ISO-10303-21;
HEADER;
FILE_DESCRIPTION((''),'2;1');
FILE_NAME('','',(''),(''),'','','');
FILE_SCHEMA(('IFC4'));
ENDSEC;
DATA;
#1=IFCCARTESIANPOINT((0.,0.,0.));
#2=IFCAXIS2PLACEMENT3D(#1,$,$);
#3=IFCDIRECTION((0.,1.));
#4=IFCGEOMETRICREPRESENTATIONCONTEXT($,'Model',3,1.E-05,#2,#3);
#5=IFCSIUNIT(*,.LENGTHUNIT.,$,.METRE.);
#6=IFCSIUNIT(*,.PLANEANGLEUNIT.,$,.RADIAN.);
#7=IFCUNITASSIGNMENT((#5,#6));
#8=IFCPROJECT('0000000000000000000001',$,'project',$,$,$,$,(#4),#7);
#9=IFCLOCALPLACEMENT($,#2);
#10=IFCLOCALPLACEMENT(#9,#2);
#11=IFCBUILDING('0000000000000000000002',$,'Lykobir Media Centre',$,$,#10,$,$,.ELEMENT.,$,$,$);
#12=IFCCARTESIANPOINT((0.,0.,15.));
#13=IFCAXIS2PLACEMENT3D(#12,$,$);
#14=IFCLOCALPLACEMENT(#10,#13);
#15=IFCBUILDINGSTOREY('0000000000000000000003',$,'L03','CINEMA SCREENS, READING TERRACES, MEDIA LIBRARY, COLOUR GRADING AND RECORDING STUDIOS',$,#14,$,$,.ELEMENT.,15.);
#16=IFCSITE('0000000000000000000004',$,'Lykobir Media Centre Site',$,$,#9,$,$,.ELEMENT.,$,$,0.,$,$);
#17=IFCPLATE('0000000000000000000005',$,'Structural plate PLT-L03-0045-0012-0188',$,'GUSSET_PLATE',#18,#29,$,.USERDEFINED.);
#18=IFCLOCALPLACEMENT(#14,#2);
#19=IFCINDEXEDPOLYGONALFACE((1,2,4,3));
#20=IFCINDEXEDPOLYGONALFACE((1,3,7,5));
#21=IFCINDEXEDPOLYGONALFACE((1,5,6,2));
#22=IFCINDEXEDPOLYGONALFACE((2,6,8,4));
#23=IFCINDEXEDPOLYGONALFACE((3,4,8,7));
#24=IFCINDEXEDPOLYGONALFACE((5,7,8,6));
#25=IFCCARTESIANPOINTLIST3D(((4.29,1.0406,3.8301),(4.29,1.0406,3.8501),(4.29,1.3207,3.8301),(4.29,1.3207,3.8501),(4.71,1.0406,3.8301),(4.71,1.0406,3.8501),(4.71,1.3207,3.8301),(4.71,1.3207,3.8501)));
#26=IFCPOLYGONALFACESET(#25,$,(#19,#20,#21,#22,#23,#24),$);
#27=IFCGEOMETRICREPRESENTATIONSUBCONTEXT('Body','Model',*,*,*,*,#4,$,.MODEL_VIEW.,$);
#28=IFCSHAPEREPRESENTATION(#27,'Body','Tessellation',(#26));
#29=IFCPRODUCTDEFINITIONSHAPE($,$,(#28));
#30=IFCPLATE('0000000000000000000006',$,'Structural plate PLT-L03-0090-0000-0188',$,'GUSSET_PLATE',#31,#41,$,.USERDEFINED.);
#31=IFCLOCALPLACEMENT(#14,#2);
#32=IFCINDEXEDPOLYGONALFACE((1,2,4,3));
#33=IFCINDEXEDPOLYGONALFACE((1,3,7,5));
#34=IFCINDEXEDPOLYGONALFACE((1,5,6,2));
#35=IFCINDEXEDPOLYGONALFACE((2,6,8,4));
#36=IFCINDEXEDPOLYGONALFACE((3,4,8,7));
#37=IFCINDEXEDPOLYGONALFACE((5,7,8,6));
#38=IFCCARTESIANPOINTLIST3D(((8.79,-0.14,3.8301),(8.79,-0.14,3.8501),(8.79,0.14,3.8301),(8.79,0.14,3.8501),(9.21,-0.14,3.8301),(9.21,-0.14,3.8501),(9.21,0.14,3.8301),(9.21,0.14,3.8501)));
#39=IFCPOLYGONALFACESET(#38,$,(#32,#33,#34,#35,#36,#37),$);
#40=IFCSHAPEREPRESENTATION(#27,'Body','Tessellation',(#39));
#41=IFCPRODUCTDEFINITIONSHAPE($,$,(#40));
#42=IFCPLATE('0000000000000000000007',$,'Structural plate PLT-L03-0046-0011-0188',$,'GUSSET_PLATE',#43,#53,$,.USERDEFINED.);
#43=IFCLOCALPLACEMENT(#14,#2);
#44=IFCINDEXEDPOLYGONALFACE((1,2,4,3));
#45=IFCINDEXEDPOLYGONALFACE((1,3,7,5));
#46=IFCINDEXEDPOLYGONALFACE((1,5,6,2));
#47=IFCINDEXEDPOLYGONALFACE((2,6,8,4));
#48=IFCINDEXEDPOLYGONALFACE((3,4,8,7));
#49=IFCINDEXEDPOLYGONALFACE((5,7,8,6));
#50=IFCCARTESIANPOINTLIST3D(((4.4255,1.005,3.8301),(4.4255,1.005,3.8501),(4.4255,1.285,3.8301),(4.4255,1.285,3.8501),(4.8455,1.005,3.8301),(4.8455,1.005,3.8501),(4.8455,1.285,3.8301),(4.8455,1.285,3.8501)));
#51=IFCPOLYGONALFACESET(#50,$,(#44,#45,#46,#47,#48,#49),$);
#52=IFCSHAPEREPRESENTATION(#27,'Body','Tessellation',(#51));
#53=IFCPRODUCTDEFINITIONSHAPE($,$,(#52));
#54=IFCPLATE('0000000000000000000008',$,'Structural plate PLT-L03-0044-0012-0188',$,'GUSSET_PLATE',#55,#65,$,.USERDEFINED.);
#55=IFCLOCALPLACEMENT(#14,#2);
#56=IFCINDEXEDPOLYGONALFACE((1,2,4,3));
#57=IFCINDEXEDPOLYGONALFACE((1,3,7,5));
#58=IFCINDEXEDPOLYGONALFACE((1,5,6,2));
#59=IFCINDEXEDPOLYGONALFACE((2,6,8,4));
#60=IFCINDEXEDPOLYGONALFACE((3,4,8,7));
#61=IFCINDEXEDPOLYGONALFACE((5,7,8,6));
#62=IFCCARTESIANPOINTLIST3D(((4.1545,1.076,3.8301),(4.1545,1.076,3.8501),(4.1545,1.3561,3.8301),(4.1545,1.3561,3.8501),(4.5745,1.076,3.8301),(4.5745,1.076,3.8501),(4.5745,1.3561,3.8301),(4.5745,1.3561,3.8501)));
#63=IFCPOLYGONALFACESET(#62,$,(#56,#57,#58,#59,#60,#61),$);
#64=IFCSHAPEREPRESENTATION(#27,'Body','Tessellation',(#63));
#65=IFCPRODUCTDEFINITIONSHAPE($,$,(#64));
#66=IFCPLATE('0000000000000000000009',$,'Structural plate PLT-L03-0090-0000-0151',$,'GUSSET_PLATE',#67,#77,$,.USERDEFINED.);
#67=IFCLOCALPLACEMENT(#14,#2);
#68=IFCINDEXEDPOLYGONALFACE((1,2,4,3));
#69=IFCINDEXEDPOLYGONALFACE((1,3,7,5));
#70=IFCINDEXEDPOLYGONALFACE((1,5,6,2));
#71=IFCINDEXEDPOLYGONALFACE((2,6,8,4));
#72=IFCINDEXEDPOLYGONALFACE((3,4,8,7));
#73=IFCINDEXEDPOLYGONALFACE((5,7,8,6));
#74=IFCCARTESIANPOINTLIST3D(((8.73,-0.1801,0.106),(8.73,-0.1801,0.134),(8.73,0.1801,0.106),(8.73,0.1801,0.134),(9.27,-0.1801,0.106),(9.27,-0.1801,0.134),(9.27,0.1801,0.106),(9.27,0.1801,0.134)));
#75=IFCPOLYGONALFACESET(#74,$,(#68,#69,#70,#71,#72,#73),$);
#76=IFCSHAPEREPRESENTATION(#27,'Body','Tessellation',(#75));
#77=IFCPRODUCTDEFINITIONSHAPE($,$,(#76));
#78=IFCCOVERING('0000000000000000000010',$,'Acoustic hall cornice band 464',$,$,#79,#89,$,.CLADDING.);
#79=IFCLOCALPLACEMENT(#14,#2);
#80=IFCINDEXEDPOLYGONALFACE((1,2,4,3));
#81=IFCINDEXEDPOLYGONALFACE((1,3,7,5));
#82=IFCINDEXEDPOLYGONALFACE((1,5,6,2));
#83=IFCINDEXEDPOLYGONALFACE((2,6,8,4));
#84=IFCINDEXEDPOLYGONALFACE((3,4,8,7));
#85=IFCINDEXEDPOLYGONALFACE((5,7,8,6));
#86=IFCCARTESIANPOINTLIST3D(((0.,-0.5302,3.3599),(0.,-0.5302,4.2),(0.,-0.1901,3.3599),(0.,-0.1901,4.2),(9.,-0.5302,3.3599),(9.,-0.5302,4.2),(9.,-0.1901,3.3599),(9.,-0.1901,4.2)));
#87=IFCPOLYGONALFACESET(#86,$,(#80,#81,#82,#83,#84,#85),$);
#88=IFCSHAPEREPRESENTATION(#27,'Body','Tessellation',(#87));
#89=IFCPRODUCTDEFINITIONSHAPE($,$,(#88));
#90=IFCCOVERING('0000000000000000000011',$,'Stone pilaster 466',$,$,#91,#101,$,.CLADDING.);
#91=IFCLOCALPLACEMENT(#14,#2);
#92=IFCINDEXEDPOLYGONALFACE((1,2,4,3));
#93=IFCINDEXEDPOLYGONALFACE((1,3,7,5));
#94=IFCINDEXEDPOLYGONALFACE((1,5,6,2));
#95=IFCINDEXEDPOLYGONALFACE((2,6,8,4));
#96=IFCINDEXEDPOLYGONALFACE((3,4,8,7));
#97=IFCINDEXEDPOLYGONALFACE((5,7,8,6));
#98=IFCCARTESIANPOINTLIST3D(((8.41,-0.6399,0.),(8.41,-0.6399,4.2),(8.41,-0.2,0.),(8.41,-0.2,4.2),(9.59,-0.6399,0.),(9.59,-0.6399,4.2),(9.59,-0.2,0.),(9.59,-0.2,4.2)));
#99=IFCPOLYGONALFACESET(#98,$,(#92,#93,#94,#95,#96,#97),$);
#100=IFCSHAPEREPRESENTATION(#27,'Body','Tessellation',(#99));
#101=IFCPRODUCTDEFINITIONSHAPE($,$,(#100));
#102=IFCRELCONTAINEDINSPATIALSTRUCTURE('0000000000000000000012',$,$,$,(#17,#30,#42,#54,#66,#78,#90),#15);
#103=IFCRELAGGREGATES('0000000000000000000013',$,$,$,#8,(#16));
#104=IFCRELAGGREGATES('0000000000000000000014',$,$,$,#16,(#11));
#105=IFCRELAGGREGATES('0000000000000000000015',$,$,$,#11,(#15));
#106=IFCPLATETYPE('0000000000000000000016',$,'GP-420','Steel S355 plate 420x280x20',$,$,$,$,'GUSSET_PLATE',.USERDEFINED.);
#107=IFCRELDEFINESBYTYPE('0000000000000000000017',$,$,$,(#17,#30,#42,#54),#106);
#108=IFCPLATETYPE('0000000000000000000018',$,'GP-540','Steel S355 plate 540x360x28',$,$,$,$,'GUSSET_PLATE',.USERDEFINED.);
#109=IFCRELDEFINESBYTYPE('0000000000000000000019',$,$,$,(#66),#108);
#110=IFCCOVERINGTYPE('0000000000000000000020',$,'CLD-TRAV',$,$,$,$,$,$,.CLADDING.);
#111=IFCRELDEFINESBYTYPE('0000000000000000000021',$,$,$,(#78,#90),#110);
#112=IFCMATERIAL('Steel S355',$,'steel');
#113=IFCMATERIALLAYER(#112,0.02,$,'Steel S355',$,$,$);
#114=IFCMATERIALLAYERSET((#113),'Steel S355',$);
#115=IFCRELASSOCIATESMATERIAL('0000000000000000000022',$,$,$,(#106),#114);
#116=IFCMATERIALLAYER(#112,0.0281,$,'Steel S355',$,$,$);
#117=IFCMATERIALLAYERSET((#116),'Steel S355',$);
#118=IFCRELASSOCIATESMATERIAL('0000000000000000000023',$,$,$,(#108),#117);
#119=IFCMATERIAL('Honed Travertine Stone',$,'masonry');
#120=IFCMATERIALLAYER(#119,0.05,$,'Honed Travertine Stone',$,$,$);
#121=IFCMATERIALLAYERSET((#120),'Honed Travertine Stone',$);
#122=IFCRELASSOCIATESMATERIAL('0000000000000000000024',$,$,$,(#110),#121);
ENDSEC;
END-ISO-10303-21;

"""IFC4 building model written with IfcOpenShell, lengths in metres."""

from ifc_helpers import new_model, si_unit, direction, frame, origin, origin_2d, place, context, subcontext, project, spatial, rectangle, extrude, material, layer, layer_set, type_object, element, save


model = new_model("IFC4")

# Units and contexts
model_context = context("Model", 3, precision=1e-05, world=origin(), true_north=direction((0.0, 1.0)))
body_context = subcontext(model_context, "Body", "Model", "MODEL_VIEW")
ifc_project = project(units=[si_unit("LENGTHUNIT", "METRE"), si_unit("PLANEANGLEUNIT", "RADIAN")], contexts=[model_context])

# Site, building, storey
site_placement = place(None, origin())
site = spatial("IfcSite", under=ifc_project, at=site_placement, Name="Lykobir Media Centre Site", CompositionType="ELEMENT", RefElevation=0.0)
building_placement = place(site_placement, origin())
building = spatial("IfcBuilding", under=site, at=building_placement, Name="Lykobir Media Centre", CompositionType="ELEMENT")
storey_placement = place(building_placement, frame((0.0, 0.0, 15.0)))
storey = spatial("IfcBuildingStorey", under=building, at=storey_placement, Name="L03", Description="CINEMA SCREENS, READING TERRACES, MEDIA LIBRARY, COLOUR GRADING AND RECORDING STUDIOS", CompositionType="ELEMENT", Elevation=15.0)

# Shared definitions
ifc_material_1 = material(Name="Honed Travertine Stone", Category="masonry")

# Shared definitions
ifc_material_2 = material(Name="Steel S355", Category="steel")

# Plates
ifc_layer_1 = layer(ifc_material_2, 0.02, Name="Steel S355")
ifc_layer_set_1 = layer_set([ifc_layer_1], Name="Steel S355")
plate_type_1 = type_object("IfcPlateType", Name="GP-420", Description="Steel S355 plate 420x280x20", ElementType="GUSSET_PLATE", PredefinedType="USERDEFINED", material=ifc_layer_set_1)
for number, where, z_axis, x_axis, name in (
    (1, (4.5, 1.1807, 3.8301), (0.0, 0.0, 1.0), (1.0, 0.0, 0.0), "Structural plate PLT-L03-0045-0012-0188"),
    (2, (9.0, 0.0, 3.8301), (0.0, 0.0, 1.0), (1.0, 0.0, 0.0), "Structural plate PLT-L03-0090-0000-0188"),
    (3, (4.6355, 1.145, 3.8301), (0.0, 0.0, 1.0), (1.0, 0.0, 0.0), "Structural plate PLT-L03-0046-0011-0188"),
    (4, (4.3645, 1.2161, 3.8301), (0.0, 0.0, 1.0), (1.0, 0.0, 0.0), "Structural plate PLT-L03-0044-0012-0188"),
):
    element("IfcPlate", number, at=place(storey_placement, frame(where, z_axis=z_axis, x_axis=x_axis)), inside=storey, type_object=plate_type_1, Name=name, ObjectType="GUSSET_PLATE", PredefinedType="USERDEFINED", context=body_context, shape_type="SweptSolid", body=[
        extrude(rectangle(XDim=0.4199, YDim=0.28, at=origin_2d()), origin(), (0.0, 0.0, 1.0), 0.02),
    ])
ifc_layer_2 = layer(ifc_material_2, 0.0281, Name="Steel S355")
ifc_layer_set_2 = layer_set([ifc_layer_2], Name="Steel S355")
plate_type_2 = type_object("IfcPlateType", Name="GP-540", Description="Steel S355 plate 540x360x28", ElementType="GUSSET_PLATE", PredefinedType="USERDEFINED", material=ifc_layer_set_2)
plate_1_placement = place(storey_placement, frame((9.0, 0.0, 0.106), z_axis=(0.0, 0.0, 1.0), x_axis=(1.0, 0.0, 0.0)))
element("IfcPlate", 5, at=plate_1_placement, inside=storey, type_object=plate_type_2, Name="Structural plate PLT-L03-0090-0000-0151", ObjectType="GUSSET_PLATE", PredefinedType="USERDEFINED", context=body_context, shape_type="SweptSolid", body=[
    extrude(rectangle(XDim=0.54, YDim=0.3601, at=origin_2d()), origin(), (0.0, 0.0, 1.0), 0.0281),
])

# Coverings
ifc_layer_3 = layer(ifc_material_1, 0.05, Name="Honed Travertine Stone")
ifc_layer_set_3 = layer_set([ifc_layer_3], Name="Honed Travertine Stone")
covering_type = type_object("IfcCoveringType", Name="CLD-TRAV", PredefinedType="CLADDING", material=ifc_layer_set_3)
covering_1_placement = place(storey_placement, frame((4.5, -0.3601, 3.3599), z_axis=(0.0, 0.0, 1.0), x_axis=(1.0, 0.0, 0.0)))
element("IfcCovering", 6, at=covering_1_placement, inside=storey, type_object=covering_type, Name="Acoustic hall cornice band 464", PredefinedType="CLADDING", context=body_context, shape_type="SweptSolid", body=[
    extrude(rectangle(XDim=9.0, YDim=0.3401, at=origin_2d()), origin(), (0.0, 0.0, 1.0), 0.8401),
])
covering_2_placement = place(storey_placement, frame((9.0, -0.4199, 0.0), z_axis=(0.0, 0.0, 1.0), x_axis=(1.0, 0.0, 0.0)))
element("IfcCovering", 7, at=covering_2_placement, inside=storey, type_object=covering_type, Name="Stone pilaster 466", PredefinedType="CLADDING", context=body_context, shape_type="SweptSolid", body=[
    extrude(rectangle(XDim=1.1799, YDim=0.4399, at=origin_2d()), origin(), (0.0, 0.0, 1.0), 4.2),
])

save(model, "model.ifc")
